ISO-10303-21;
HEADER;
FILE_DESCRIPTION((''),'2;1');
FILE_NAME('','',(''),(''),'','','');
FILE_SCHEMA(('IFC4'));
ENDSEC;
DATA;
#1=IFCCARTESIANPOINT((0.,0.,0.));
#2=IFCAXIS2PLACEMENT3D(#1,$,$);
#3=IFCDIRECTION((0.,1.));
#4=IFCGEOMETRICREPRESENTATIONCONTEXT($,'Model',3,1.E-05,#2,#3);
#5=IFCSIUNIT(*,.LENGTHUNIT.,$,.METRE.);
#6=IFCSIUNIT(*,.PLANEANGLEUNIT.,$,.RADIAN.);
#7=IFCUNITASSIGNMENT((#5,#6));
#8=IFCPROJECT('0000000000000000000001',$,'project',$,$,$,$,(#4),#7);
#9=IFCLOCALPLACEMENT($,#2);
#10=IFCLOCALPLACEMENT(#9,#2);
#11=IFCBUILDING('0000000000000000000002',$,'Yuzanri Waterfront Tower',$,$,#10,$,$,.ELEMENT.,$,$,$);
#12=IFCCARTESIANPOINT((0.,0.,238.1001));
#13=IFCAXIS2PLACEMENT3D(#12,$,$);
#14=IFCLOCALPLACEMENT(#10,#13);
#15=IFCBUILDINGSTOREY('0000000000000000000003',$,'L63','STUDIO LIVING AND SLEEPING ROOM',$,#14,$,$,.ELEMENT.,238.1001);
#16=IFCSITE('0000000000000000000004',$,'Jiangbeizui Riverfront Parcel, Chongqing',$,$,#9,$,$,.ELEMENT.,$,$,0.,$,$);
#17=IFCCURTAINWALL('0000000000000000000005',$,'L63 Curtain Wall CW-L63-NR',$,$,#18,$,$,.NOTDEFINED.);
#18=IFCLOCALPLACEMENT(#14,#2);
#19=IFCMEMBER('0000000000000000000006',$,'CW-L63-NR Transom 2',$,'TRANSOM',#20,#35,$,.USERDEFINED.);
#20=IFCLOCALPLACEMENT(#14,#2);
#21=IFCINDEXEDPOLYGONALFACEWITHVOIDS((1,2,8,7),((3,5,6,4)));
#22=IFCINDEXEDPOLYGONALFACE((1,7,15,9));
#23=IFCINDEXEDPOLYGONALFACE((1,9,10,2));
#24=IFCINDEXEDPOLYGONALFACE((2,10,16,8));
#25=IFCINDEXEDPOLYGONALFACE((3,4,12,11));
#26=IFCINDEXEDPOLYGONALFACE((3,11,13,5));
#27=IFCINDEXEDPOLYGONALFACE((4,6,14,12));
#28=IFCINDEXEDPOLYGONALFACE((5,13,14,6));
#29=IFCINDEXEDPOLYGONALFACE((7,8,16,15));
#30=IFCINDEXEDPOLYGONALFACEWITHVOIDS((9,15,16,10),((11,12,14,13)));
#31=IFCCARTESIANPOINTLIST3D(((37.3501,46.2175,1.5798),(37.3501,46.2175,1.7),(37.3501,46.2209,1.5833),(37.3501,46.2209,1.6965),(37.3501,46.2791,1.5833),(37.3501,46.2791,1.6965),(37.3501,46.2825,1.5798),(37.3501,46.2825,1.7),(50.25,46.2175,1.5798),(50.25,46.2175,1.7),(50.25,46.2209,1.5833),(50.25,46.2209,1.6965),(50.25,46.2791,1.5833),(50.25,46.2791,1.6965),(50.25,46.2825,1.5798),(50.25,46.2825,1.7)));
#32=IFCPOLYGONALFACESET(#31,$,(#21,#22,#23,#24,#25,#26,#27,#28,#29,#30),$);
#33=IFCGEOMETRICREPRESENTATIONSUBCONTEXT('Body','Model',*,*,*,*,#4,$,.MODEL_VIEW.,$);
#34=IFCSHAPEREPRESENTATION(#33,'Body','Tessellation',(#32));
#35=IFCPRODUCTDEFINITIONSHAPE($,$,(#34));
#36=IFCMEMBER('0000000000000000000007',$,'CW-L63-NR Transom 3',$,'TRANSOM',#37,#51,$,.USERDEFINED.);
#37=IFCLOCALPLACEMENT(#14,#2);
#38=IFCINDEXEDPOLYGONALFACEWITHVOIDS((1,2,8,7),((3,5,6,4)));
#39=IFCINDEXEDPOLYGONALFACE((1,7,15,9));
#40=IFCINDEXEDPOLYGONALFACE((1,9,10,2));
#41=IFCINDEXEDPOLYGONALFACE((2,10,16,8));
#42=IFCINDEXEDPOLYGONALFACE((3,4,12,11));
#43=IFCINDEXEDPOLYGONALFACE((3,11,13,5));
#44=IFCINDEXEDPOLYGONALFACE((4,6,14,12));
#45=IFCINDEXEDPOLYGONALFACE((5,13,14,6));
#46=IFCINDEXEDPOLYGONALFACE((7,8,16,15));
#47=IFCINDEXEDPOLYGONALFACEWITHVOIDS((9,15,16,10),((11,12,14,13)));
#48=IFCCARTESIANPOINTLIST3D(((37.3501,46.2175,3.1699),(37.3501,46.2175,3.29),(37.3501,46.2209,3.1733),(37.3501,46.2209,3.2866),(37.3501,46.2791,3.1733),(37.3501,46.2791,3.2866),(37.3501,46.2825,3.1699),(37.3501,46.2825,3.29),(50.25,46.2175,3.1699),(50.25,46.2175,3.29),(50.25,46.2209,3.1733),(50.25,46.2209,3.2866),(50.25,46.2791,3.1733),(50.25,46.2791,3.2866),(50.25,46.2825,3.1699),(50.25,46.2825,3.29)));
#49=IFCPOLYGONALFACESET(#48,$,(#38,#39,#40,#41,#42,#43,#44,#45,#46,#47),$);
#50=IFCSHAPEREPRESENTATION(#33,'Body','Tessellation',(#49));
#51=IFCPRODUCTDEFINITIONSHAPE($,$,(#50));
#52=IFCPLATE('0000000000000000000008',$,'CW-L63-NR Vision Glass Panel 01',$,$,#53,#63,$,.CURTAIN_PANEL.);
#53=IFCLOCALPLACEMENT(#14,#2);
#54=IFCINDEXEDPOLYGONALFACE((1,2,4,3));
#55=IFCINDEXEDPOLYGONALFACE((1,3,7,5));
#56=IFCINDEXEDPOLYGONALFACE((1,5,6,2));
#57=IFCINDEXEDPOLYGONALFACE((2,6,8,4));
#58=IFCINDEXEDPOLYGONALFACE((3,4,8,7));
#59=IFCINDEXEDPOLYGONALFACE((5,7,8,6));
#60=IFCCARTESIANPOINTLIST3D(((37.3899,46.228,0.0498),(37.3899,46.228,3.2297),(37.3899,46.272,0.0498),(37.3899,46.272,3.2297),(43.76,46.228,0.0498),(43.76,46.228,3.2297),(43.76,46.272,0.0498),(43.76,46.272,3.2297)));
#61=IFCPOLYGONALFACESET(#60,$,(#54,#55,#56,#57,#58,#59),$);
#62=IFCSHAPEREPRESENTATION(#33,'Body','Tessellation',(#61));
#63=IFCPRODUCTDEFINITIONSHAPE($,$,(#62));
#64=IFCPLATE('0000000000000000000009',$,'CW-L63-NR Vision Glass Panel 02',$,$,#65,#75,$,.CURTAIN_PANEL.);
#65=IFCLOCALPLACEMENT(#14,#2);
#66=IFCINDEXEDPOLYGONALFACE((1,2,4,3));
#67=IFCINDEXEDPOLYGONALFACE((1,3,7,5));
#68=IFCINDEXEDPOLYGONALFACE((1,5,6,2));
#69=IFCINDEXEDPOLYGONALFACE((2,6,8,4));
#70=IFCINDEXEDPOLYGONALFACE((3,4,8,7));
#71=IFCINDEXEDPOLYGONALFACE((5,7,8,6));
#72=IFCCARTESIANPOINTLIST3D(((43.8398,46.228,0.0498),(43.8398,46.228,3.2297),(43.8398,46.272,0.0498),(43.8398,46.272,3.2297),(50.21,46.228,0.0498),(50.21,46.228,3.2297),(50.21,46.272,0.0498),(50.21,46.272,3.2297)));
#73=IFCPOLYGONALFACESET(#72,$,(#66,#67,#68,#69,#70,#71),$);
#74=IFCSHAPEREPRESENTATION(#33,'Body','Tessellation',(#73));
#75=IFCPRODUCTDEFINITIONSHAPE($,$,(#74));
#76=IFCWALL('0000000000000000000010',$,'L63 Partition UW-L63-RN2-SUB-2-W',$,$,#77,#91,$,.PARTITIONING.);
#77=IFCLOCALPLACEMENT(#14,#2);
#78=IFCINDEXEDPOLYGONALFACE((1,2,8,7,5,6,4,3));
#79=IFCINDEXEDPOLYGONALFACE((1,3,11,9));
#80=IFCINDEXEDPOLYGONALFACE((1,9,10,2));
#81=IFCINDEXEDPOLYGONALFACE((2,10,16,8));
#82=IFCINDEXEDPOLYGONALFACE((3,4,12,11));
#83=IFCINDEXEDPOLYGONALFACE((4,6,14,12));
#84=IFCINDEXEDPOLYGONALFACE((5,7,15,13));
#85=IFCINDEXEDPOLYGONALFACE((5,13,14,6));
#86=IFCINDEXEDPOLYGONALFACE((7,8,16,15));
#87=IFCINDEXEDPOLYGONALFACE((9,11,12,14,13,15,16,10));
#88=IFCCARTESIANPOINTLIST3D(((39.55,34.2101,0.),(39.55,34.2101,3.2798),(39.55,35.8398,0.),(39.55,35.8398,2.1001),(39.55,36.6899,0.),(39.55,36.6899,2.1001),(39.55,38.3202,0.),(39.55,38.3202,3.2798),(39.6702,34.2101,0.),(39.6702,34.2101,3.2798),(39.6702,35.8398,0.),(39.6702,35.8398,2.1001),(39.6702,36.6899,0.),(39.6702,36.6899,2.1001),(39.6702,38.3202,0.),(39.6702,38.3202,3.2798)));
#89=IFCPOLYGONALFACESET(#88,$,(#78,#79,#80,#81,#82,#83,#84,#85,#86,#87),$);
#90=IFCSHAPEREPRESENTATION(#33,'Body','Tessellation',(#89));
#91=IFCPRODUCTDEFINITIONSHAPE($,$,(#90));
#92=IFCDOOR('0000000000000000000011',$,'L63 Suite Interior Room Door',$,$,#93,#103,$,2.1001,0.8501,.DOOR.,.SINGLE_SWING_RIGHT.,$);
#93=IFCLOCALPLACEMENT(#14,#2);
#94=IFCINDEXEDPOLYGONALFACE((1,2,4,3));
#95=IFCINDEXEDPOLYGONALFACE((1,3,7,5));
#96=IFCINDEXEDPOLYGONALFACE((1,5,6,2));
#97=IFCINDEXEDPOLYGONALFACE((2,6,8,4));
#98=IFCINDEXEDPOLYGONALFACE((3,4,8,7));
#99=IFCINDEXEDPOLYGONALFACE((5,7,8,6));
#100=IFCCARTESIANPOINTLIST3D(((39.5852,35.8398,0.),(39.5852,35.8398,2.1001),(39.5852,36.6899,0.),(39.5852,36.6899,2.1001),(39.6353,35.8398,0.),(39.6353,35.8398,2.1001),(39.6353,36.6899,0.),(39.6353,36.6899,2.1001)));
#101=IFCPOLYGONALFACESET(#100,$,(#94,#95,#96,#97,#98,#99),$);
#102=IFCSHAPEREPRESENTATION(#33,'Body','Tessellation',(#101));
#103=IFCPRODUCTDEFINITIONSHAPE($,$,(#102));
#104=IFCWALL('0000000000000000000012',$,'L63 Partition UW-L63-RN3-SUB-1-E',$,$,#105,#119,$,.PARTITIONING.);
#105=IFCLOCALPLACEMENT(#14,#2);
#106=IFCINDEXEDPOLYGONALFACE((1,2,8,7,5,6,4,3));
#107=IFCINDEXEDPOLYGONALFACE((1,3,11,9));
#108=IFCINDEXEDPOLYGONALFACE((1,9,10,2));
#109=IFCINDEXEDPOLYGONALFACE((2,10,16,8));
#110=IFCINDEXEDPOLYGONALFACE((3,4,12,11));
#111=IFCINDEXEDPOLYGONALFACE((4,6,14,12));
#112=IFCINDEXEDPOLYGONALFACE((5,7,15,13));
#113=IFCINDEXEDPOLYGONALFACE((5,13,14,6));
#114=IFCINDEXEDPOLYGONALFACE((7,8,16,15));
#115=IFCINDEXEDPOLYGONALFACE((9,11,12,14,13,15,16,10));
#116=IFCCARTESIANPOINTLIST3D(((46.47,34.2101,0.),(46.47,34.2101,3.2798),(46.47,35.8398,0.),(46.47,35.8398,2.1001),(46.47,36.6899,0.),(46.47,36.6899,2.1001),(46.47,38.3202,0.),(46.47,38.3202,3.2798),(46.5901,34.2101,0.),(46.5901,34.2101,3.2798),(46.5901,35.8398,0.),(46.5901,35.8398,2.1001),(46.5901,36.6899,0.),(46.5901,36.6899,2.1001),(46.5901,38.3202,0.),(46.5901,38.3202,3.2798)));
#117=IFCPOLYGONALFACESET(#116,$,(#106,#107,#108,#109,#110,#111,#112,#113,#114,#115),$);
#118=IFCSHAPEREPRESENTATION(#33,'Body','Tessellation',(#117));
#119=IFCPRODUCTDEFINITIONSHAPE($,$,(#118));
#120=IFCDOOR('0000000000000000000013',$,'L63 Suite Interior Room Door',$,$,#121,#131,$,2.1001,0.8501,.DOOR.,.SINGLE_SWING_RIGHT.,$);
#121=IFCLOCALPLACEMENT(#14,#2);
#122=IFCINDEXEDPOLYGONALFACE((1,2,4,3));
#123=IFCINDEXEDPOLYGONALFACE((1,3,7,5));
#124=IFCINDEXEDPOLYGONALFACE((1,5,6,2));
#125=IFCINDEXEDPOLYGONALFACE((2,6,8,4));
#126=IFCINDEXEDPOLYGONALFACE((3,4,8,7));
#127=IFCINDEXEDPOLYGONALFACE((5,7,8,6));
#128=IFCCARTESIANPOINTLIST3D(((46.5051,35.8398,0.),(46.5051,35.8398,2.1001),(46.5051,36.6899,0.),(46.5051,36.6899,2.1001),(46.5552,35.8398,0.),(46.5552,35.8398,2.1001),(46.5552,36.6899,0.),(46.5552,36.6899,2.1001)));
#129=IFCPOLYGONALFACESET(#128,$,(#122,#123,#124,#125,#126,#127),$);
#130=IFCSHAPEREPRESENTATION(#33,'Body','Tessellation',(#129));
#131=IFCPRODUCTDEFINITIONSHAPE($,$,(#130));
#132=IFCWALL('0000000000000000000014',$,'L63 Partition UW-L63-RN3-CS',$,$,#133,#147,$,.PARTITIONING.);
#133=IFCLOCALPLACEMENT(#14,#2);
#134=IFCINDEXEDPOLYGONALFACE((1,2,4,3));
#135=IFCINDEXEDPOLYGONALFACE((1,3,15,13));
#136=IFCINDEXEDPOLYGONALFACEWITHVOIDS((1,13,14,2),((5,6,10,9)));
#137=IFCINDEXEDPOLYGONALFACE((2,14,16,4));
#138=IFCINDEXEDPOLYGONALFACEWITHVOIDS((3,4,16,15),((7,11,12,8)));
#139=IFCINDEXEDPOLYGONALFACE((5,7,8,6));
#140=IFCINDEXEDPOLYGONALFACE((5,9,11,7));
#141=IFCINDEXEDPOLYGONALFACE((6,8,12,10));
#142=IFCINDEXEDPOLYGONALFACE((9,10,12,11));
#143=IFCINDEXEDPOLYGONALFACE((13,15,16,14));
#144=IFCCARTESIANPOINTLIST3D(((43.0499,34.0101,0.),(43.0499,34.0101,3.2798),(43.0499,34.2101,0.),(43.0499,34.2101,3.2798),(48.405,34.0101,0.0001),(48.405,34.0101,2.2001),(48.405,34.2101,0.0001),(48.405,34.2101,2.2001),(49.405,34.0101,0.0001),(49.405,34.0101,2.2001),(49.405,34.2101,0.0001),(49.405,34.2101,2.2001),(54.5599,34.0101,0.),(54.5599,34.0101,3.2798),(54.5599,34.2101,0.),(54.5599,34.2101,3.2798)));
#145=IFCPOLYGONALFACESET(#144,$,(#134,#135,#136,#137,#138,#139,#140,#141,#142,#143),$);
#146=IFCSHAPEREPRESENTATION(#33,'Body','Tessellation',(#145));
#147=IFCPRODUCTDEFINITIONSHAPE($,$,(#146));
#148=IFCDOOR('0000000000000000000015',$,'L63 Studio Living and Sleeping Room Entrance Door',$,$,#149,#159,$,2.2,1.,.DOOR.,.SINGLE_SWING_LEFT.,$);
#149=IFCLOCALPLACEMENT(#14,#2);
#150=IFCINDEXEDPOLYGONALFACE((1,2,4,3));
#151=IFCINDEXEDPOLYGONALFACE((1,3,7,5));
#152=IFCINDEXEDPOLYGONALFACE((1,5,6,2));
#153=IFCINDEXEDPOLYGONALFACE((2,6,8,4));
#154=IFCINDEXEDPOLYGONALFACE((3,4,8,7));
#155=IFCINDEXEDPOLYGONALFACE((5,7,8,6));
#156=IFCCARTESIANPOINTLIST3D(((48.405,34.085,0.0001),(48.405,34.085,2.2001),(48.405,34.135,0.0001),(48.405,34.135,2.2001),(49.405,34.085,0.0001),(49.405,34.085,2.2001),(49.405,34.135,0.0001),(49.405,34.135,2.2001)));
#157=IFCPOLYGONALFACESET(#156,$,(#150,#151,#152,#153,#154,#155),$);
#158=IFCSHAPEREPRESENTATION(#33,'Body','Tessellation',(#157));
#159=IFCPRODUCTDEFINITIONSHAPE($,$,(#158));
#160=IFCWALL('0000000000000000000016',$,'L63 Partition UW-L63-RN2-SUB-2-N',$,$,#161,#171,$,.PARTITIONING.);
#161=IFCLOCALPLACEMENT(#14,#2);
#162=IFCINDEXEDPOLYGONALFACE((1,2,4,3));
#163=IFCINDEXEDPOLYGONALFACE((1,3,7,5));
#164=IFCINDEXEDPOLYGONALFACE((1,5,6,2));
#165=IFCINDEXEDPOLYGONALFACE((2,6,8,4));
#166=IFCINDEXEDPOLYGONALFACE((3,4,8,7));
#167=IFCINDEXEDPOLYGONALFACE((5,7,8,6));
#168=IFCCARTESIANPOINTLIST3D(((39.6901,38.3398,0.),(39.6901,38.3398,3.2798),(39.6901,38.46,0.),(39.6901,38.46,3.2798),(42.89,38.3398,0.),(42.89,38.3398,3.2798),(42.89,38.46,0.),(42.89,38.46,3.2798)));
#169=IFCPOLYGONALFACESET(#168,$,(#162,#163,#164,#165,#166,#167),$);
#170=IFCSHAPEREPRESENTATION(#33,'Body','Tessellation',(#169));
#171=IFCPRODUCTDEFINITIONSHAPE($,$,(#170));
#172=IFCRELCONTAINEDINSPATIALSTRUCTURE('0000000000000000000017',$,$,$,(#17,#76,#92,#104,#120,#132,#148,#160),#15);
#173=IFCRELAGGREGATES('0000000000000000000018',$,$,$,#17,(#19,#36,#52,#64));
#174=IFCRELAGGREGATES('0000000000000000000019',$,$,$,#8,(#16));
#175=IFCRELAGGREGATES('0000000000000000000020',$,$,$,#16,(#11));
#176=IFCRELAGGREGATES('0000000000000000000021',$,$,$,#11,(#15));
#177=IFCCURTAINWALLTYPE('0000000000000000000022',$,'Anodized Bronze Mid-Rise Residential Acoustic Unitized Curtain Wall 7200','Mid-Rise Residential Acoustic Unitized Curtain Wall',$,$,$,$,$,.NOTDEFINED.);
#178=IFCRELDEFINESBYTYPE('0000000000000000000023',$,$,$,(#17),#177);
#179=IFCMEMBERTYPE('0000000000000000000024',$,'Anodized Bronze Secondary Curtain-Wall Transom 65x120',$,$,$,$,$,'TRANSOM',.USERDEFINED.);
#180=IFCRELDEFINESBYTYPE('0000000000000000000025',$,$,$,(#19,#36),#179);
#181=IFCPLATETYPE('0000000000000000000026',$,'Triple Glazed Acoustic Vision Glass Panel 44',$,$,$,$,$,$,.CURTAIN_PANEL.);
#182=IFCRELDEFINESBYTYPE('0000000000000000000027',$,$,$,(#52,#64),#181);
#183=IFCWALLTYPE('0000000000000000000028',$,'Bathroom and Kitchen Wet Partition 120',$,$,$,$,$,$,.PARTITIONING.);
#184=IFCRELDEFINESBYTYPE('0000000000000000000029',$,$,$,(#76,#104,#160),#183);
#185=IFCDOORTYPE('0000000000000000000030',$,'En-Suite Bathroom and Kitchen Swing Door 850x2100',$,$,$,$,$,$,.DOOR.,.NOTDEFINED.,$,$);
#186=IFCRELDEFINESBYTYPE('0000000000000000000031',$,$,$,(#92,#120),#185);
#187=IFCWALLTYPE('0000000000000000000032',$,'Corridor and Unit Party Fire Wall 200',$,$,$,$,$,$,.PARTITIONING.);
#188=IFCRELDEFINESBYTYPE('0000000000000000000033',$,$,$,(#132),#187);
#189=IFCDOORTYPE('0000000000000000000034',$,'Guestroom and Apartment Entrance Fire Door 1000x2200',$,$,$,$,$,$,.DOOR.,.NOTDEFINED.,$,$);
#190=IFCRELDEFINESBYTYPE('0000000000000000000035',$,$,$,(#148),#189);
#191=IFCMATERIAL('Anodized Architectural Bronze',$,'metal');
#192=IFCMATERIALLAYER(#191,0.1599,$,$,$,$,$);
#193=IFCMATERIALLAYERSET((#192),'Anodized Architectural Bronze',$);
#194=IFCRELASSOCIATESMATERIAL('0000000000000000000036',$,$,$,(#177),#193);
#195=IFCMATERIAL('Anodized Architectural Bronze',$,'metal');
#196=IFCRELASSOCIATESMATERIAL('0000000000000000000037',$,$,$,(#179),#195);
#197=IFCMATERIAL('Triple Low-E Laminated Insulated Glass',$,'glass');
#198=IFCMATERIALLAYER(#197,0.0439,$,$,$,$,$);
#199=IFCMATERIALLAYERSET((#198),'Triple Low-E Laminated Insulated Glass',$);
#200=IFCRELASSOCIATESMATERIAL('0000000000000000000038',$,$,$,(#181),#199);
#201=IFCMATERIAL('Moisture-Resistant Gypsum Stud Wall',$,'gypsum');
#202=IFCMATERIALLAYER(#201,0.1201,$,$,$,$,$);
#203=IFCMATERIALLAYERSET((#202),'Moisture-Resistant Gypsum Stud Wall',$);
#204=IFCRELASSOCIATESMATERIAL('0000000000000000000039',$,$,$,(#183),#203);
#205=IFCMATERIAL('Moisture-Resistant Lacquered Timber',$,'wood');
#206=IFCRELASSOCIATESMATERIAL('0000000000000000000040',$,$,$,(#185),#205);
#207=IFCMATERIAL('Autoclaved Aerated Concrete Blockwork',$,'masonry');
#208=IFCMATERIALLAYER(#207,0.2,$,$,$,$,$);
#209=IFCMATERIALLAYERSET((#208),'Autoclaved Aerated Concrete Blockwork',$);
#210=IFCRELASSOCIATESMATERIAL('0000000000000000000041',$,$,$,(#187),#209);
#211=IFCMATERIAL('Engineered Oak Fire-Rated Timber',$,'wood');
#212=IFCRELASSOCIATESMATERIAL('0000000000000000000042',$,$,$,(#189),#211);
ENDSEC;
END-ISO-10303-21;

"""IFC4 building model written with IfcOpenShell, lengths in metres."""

from ifc_helpers import new_model, si_unit, direction, frame, frame_2d, origin, origin_2d, place, context, subcontext, project, spatial, rectangle, hollow_rectangle, extrude, source, transform, mapped, material, layer, layer_set, material_profile, profile_set, type_object, element, fill, aggregate, save


model = new_model("IFC4")

# Units and contexts
model_context = context("Model", 3, precision=1e-05, world=origin(), true_north=direction((0.0, 1.0)))
body_context = subcontext(model_context, "Body", "Model", "MODEL_VIEW")
ifc_project = project(units=[si_unit("LENGTHUNIT", "METRE"), si_unit("PLANEANGLEUNIT", "RADIAN")], contexts=[model_context])

# Site, building, storey
site_placement = place(None, origin())
site = spatial("IfcSite", under=ifc_project, at=site_placement, Name="Jiangbeizui Riverfront Parcel, Chongqing", CompositionType="ELEMENT", RefElevation=0.0)
building_placement = place(site_placement, origin())
building = spatial("IfcBuilding", under=site, at=building_placement, Name="Yuzanri Waterfront Tower", CompositionType="ELEMENT")
storey_placement = place(building_placement, frame((0.0, 0.0, 238.1001)))
storey = spatial("IfcBuildingStorey", under=building, at=storey_placement, Name="L63", Description="STUDIO LIVING AND SLEEPING ROOM", CompositionType="ELEMENT", Elevation=238.1001)

# Curtain wall, members, plates
ifc_material_1 = material(Name="Anodized Architectural Bronze", Category="metal")
ifc_layer_1 = layer(ifc_material_1, 0.1599)
ifc_layer_set_1 = layer_set([ifc_layer_1], Name="Anodized Architectural Bronze")
curtain_wall_type = type_object("IfcCurtainWallType", Name="Anodized Bronze Mid-Rise Residential Acoustic Unitized Curtain Wall 7200", Description="Mid-Rise Residential Acoustic Unitized Curtain Wall", PredefinedType="NOTDEFINED", material=ifc_layer_set_1)
curtain_wall_placement = place(storey_placement, origin())
curtain_wall = element("IfcCurtainWall", 1, at=curtain_wall_placement, inside=storey, type_object=curtain_wall_type, Name="L63 Curtain Wall CW-L63-NR", PredefinedType="NOTDEFINED")
ifc_material_2 = material(Name="Anodized Architectural Bronze", Category="metal")
ifc_material_profile_1 = material_profile(ifc_material_2, hollow_rectangle(XDim=0.0649, YDim=0.1201, WallThickness=0.0034, at=origin_2d()), Name="CWT 65x120")
ifc_profile_set_1 = profile_set([ifc_material_profile_1], Name="Anodized Architectural Bronze")
member_type_1 = type_object("IfcMemberType", Name="Anodized Bronze Secondary Curtain-Wall Transom 65x120", ElementType="TRANSOM", PredefinedType="USERDEFINED", material=ifc_profile_set_1)
shared_shape_1 = source(origin(), body_context, "Body", "SweptSolid", [
    extrude(hollow_rectangle(XDim=0.0649, YDim=0.1201, WallThickness=0.0034, at=origin_2d()), origin(), (0.0, 0.0, 1.0), 12.8999),
])
member_1_placement = place(storey_placement, frame((37.3501, 46.25, 1.6399), z_axis=(1.0, 0.0, 0.0), x_axis=(0.0, 1.0, 0.0)))
member_1 = element("IfcMember", 2, at=member_1_placement, type_object=member_type_1, Name="CW-L63-NR Transom 2", ObjectType="TRANSOM", PredefinedType="USERDEFINED", context=body_context, shape_type="MappedRepresentation", body=[
    mapped(shared_shape_1, transform((0.0, 0.0, 0.0), scale=1.0)),
])
member_2_placement = place(storey_placement, frame((37.3501, 46.25, 3.23), z_axis=(1.0, 0.0, 0.0), x_axis=(0.0, 1.0, 0.0)))
member_2 = element("IfcMember", 3, at=member_2_placement, type_object=member_type_1, Name="CW-L63-NR Transom 3", ObjectType="TRANSOM", PredefinedType="USERDEFINED", context=body_context, shape_type="MappedRepresentation", body=[
    mapped(shared_shape_1, transform((0.0, 0.0, 0.0), scale=1.0)),
])
ifc_material_3 = material(Name="Triple Low-E Laminated Insulated Glass", Category="glass")
ifc_layer_2 = layer(ifc_material_3, 0.0439)
ifc_layer_set_2 = layer_set([ifc_layer_2], Name="Triple Low-E Laminated Insulated Glass")
plate_type = type_object("IfcPlateType", Name="Triple Glazed Acoustic Vision Glass Panel 44", PredefinedType="CURTAIN_PANEL", material=ifc_layer_set_2)
shared_shape_2 = source(origin(), body_context, "Body", "SweptSolid", [
    extrude(rectangle(XDim=6.3701, YDim=0.0439, at=origin_2d()), origin(), (0.0, 0.0, 1.0), 3.1799),
])
plate_1_placement = place(storey_placement, frame((40.575, 46.25, 0.0498), z_axis=(0.0, 0.0, 1.0), x_axis=(1.0, 0.0, 0.0)))
plate_1 = element("IfcPlate", 4, at=plate_1_placement, type_object=plate_type, Name="CW-L63-NR Vision Glass Panel 01", PredefinedType="CURTAIN_PANEL", context=body_context, shape_type="MappedRepresentation", body=[
    mapped(shared_shape_2, transform((0.0, 0.0, 0.0), scale=1.0)),
])
plate_2_placement = place(storey_placement, frame((47.0249, 46.25, 0.0498), z_axis=(0.0, 0.0, 1.0), x_axis=(1.0, 0.0, 0.0)))
plate_2 = element("IfcPlate", 5, at=plate_2_placement, type_object=plate_type, Name="CW-L63-NR Vision Glass Panel 02", PredefinedType="CURTAIN_PANEL", context=body_context, shape_type="MappedRepresentation", body=[
    mapped(shared_shape_2, transform((0.0, 0.0, 0.0), scale=1.0)),
])
aggregate(curtain_wall, [member_1, member_2, plate_1, plate_2])

# Walls, openings, doors
ifc_material_4 = material(Name="Moisture-Resistant Gypsum Stud Wall", Category="gypsum")
ifc_layer_3 = layer(ifc_material_4, 0.1201)
ifc_layer_set_3 = layer_set([ifc_layer_3], Name="Moisture-Resistant Gypsum Stud Wall")
wall_type_1 = type_object("IfcWallType", Name="Bathroom and Kitchen Wet Partition 120", PredefinedType="PARTITIONING", material=ifc_layer_set_3)
wall_1_placement = place(storey_placement, frame((39.6101, 34.21, 0.0), z_axis=(0.0, 0.0, 1.0), x_axis=(0.0, 1.0, 0.0)))
wall_1 = element("IfcWall", 6, at=wall_1_placement, inside=storey, type_object=wall_type_1, Name="L63 Partition UW-L63-RN2-SUB-2-W", PredefinedType="PARTITIONING", context=body_context, shape_type="SweptSolid", body=[
    extrude(rectangle(XDim=4.1101, YDim=0.1201, at=frame_2d((2.0552, 0.0))), origin(), (0.0, 0.0, 1.0), 3.2798),
])
opening_1_placement = place(wall_1_placement, frame((1.6299, 0.0, 0.0)))
opening_1 = element("IfcOpeningElement", 7, at=opening_1_placement, cuts=wall_1, PredefinedType="OPENING", context=body_context, shape_type="SweptSolid", body=[
    extrude(rectangle(XDim=0.8501, YDim=2.1001, at=frame_2d((0.425, 1.05))), frame((0.0, 0.075, 0.0), z_axis=(0.0, -1.0, 0.0), x_axis=(1.0, 0.0, 0.0)), (0.0, 0.0, 1.0), 0.1499),
])
ifc_material_5 = material(Name="Moisture-Resistant Lacquered Timber", Category="wood")
door_type_1 = type_object("IfcDoorType", Name="En-Suite Bathroom and Kitchen Swing Door 850x2100", OperationType="NOTDEFINED", PredefinedType="DOOR", material=ifc_material_5)
shared_shape_3 = source(origin(), body_context, "Body", "SweptSolid", [
    extrude(rectangle(XDim=0.8501, YDim=2.1001, at=frame_2d((0.425, 1.05))), frame((0.0, 0.0249, 0.0), z_axis=(0.0, -1.0, 0.0), x_axis=(1.0, 0.0, 0.0)), (0.0, 0.0, 1.0), 0.05),
])
door_1_placement = place(opening_1_placement, origin())
door_1 = element("IfcDoor", 8, at=door_1_placement, inside=storey, type_object=door_type_1, Name="L63 Suite Interior Room Door", OperationType="SINGLE_SWING_RIGHT", OverallHeight=2.1001, OverallWidth=0.8501, PredefinedType="DOOR", context=body_context, shape_type="MappedRepresentation", body=[
    mapped(shared_shape_3, transform((0.0, 0.0, 0.0), scale=1.0)),
])
fill(opening_1, door_1)
wall_2_placement = place(storey_placement, frame((46.53, 34.21, 0.0), z_axis=(0.0, 0.0, 1.0), x_axis=(0.0, 1.0, 0.0)))
wall_2 = element("IfcWall", 9, at=wall_2_placement, inside=storey, type_object=wall_type_1, Name="L63 Partition UW-L63-RN3-SUB-1-E", PredefinedType="PARTITIONING", context=body_context, shape_type="SweptSolid", body=[
    extrude(rectangle(XDim=4.1101, YDim=0.1201, at=frame_2d((2.0552, 0.0))), origin(), (0.0, 0.0, 1.0), 3.2798),
])
opening_2_placement = place(wall_2_placement, frame((1.6299, 0.0, 0.0)))
opening_2 = element("IfcOpeningElement", 10, at=opening_2_placement, cuts=wall_2, PredefinedType="OPENING", context=body_context, shape_type="SweptSolid", body=[
    extrude(rectangle(XDim=0.8501, YDim=2.1001, at=frame_2d((0.425, 1.05))), frame((0.0, 0.075, 0.0), z_axis=(0.0, -1.0, 0.0), x_axis=(1.0, 0.0, 0.0)), (0.0, 0.0, 1.0), 0.1499),
])
door_2_placement = place(opening_2_placement, origin())
door_2 = element("IfcDoor", 11, at=door_2_placement, inside=storey, type_object=door_type_1, Name="L63 Suite Interior Room Door", OperationType="SINGLE_SWING_RIGHT", OverallHeight=2.1001, OverallWidth=0.8501, PredefinedType="DOOR", context=body_context, shape_type="MappedRepresentation", body=[
    mapped(shared_shape_3, transform((0.0, 0.0, 0.0), scale=1.0)),
])
fill(opening_2, door_2)
ifc_material_6 = material(Name="Autoclaved Aerated Concrete Blockwork", Category="masonry")
ifc_layer_4 = layer(ifc_material_6, 0.2)
ifc_layer_set_4 = layer_set([ifc_layer_4], Name="Autoclaved Aerated Concrete Blockwork")
wall_type_2 = type_object("IfcWallType", Name="Corridor and Unit Party Fire Wall 200", PredefinedType="PARTITIONING", material=ifc_layer_set_4)
wall_3_placement = place(storey_placement, frame((43.05, 34.1101, 0.0), z_axis=(0.0, 0.0, 1.0), x_axis=(1.0, 0.0, 0.0)))
wall_3 = element("IfcWall", 12, at=wall_3_placement, inside=storey, type_object=wall_type_2, Name="L63 Partition UW-L63-RN3-CS", PredefinedType="PARTITIONING", context=body_context, shape_type="SweptSolid", body=[
    extrude(rectangle(XDim=11.51, YDim=0.2, at=frame_2d((5.7549, 0.0))), origin(), (0.0, 0.0, 1.0), 3.2798),
])
opening_3_placement = place(wall_3_placement, frame((5.355, 0.0, 0.0)))
opening_3 = element("IfcOpeningElement", 13, at=opening_3_placement, cuts=wall_3, PredefinedType="OPENING", context=body_context, shape_type="SweptSolid", body=[
    extrude(rectangle(XDim=1.0, YDim=2.2, at=frame_2d((0.5, 1.1001))), frame((0.0, 0.1147, 0.0), z_axis=(0.0, -1.0, 0.0), x_axis=(1.0, 0.0, 0.0)), (0.0, 0.0, 1.0), 0.2297),
])
ifc_material_7 = material(Name="Engineered Oak Fire-Rated Timber", Category="wood")
door_type_2 = type_object("IfcDoorType", Name="Guestroom and Apartment Entrance Fire Door 1000x2200", OperationType="NOTDEFINED", PredefinedType="DOOR", material=ifc_material_7)
shared_shape_4 = source(origin(), body_context, "Body", "SweptSolid", [
    extrude(rectangle(XDim=1.0, YDim=2.2, at=frame_2d((0.5, 1.1001))), frame((0.0, 0.0249, 0.0), z_axis=(0.0, -1.0, 0.0), x_axis=(1.0, 0.0, 0.0)), (0.0, 0.0, 1.0), 0.05),
])
door_3_placement = place(opening_3_placement, origin())
door_3 = element("IfcDoor", 14, at=door_3_placement, inside=storey, type_object=door_type_2, Name="L63 Studio Living and Sleeping Room Entrance Door", OperationType="SINGLE_SWING_LEFT", OverallHeight=2.2, OverallWidth=1.0, PredefinedType="DOOR", context=body_context, shape_type="MappedRepresentation", body=[
    mapped(shared_shape_4, transform((0.0, 0.0, 0.0), scale=1.0)),
])
fill(opening_3, door_3)

# Wall
shared_shape_5 = source(origin(), body_context, "Body", "SweptSolid", [
    extrude(rectangle(XDim=3.2, YDim=0.1201, at=frame_2d((1.6001, 0.0))), origin(), (0.0, 0.0, 1.0), 3.2798),
])
wall_4_placement = place(storey_placement, frame((39.6899, 38.3999, 0.0), z_axis=(0.0, 0.0, 1.0), x_axis=(1.0, 0.0, 0.0)))
element("IfcWall", 15, at=wall_4_placement, inside=storey, type_object=wall_type_1, Name="L63 Partition UW-L63-RN2-SUB-2-N", PredefinedType="PARTITIONING", context=body_context, shape_type="MappedRepresentation", body=[
    mapped(shared_shape_5, transform((0.0, 0.0, 0.0), scale=1.0)),
])

save(model, "model.ifc")
